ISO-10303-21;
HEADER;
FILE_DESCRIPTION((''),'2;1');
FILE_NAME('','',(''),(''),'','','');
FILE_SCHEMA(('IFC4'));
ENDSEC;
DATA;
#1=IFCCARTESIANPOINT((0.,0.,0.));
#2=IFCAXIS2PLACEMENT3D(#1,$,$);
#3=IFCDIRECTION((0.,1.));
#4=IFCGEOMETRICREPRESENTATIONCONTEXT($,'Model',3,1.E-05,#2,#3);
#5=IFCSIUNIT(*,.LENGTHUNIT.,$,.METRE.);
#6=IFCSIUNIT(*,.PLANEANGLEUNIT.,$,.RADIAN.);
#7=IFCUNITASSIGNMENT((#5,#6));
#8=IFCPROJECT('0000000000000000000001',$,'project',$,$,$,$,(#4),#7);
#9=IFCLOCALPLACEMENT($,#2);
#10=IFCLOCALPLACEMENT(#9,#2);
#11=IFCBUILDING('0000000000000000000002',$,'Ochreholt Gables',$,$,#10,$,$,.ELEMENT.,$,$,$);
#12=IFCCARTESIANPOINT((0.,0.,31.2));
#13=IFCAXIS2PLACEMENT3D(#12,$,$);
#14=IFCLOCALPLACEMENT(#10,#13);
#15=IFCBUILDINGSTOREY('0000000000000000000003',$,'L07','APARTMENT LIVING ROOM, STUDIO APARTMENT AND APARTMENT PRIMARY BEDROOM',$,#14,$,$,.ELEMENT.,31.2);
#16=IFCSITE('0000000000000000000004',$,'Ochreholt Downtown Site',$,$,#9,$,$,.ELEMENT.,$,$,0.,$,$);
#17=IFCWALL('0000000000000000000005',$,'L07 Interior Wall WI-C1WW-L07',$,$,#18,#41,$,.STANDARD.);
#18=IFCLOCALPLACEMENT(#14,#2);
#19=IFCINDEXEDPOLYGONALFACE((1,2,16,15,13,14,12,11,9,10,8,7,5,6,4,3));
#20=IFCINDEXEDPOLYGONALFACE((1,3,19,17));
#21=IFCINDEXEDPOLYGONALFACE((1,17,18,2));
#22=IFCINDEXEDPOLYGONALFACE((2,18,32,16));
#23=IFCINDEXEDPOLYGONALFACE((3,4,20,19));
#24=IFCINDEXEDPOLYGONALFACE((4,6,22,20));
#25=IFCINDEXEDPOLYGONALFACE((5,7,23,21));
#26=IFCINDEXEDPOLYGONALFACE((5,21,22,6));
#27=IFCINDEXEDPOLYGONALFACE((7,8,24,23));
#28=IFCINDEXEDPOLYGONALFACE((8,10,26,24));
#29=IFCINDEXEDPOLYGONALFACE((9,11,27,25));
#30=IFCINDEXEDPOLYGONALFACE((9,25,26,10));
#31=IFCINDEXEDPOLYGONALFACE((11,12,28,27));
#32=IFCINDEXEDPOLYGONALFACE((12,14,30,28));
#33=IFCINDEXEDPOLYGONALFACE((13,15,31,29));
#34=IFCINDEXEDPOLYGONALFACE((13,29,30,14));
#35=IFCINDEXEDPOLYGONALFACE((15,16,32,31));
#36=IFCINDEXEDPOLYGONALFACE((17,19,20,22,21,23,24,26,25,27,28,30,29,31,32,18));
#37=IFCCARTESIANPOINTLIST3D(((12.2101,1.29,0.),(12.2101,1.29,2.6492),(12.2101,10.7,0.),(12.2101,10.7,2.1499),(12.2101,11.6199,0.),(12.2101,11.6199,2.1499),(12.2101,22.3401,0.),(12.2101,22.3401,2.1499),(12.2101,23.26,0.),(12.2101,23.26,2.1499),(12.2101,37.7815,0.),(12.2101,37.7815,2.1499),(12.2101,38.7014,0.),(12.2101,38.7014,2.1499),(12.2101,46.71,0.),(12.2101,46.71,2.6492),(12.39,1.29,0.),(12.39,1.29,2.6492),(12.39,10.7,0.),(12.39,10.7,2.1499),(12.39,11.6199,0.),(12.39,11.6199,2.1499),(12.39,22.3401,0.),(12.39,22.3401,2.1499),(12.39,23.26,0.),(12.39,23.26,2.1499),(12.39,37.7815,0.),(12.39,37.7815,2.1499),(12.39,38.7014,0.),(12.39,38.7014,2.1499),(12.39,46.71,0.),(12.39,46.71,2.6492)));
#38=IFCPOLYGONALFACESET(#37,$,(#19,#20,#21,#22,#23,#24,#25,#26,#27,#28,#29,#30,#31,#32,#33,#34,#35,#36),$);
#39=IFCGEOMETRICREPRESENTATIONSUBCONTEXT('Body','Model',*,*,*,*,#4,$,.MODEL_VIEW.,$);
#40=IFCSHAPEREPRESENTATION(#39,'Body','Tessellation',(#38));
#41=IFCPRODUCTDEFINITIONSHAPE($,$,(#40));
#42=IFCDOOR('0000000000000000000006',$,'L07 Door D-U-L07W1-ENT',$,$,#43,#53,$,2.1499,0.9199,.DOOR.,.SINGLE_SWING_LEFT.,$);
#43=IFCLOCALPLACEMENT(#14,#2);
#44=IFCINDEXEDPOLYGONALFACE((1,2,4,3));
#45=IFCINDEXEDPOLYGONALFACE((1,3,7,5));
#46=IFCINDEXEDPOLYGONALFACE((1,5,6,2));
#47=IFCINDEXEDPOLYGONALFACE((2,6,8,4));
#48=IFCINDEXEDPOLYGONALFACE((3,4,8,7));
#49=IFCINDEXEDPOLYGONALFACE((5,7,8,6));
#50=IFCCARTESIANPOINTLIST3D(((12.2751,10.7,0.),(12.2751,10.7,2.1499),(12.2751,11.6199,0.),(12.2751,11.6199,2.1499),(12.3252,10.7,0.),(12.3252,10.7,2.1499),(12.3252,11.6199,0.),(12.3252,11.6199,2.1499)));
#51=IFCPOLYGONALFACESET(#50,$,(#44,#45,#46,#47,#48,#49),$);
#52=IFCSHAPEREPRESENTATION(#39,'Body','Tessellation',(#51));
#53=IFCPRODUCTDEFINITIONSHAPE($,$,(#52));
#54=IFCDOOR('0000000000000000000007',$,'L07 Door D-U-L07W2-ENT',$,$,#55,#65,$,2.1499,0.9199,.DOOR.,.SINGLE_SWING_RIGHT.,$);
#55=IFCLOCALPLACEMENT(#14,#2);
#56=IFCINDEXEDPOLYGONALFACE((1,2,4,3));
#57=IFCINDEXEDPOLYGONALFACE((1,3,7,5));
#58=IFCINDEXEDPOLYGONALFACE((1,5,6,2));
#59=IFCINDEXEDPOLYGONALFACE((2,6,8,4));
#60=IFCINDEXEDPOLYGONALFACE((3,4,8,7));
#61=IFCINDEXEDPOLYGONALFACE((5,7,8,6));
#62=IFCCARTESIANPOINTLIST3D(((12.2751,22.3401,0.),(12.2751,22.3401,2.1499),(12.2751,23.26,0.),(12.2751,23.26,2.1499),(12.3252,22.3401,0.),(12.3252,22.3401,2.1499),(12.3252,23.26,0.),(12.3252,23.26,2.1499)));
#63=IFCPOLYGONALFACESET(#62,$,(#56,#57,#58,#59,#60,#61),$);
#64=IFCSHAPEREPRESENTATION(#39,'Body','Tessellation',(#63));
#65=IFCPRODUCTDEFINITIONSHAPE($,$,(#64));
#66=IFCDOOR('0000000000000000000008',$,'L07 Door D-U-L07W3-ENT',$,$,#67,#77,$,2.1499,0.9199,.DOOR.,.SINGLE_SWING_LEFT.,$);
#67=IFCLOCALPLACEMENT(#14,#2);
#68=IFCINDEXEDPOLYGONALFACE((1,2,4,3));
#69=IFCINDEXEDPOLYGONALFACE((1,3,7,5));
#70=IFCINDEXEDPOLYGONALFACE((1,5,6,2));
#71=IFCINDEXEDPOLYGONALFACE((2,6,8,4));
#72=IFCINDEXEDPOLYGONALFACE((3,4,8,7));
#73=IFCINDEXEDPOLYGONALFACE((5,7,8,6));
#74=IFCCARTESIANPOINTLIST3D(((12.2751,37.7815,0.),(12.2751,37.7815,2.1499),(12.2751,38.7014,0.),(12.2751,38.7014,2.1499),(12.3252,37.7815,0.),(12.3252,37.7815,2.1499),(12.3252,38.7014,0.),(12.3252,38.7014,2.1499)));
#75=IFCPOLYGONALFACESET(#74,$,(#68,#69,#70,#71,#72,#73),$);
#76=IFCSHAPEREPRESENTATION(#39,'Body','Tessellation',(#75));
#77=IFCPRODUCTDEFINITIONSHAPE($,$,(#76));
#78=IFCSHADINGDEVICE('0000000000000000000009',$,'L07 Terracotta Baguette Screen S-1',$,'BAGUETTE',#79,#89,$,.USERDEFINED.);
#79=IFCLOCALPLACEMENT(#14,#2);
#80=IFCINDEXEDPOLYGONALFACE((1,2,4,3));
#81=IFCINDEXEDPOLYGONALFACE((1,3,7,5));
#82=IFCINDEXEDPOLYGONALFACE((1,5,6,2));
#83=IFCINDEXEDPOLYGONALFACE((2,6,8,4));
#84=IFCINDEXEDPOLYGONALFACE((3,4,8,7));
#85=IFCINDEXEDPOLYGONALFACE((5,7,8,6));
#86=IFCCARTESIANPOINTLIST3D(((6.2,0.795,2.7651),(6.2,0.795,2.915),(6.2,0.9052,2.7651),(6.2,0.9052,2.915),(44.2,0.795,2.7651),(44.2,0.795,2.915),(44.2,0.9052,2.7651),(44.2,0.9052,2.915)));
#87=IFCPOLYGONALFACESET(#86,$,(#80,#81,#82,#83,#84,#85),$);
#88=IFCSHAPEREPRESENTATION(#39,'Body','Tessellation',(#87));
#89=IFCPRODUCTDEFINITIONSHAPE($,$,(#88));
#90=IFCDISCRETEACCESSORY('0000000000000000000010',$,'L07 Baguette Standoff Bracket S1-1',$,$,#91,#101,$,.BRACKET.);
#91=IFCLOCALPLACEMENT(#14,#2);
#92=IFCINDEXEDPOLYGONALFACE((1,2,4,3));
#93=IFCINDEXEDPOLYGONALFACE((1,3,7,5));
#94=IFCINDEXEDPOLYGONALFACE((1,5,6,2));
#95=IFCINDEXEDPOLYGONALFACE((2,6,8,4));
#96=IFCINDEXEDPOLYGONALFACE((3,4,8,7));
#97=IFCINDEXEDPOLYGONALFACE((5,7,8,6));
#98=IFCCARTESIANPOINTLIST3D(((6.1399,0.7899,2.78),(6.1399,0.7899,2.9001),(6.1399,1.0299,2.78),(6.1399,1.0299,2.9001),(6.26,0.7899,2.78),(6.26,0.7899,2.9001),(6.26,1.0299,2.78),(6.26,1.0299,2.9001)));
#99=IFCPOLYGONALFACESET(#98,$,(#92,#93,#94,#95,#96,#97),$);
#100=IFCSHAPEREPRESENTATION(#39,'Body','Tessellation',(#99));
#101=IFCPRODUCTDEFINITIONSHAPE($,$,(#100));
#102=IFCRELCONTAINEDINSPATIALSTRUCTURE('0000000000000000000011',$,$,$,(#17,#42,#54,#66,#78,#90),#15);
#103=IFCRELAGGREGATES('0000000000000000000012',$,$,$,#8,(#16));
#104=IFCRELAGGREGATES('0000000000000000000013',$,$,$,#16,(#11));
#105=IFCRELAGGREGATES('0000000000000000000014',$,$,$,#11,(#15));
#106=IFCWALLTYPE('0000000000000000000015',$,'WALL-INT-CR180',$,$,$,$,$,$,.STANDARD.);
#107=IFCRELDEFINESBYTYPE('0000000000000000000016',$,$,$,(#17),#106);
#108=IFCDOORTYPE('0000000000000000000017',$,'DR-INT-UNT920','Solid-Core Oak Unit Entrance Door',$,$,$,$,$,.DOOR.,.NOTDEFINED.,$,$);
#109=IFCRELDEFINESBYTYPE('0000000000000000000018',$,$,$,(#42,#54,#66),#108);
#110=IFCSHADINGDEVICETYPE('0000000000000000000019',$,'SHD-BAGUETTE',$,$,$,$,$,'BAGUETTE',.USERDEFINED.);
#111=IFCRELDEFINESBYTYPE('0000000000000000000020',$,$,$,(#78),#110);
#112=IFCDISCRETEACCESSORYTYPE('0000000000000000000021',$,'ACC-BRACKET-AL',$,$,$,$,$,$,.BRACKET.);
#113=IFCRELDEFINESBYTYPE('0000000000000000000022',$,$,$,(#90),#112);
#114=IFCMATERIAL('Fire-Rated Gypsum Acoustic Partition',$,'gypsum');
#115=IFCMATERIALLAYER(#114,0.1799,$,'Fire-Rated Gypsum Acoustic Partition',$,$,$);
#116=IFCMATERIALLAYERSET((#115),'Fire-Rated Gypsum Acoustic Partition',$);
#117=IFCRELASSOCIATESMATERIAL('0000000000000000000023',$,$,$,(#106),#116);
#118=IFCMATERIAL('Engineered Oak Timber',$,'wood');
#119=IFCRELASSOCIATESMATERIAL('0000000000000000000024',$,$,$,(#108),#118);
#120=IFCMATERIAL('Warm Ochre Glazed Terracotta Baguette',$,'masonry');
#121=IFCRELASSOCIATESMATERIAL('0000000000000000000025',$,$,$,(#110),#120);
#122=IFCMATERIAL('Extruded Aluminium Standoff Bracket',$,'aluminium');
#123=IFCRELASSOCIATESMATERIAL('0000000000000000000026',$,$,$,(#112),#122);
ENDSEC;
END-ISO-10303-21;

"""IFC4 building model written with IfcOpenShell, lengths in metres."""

from ifc_helpers import new_model, si_unit, direction, frame, frame_2d, origin, origin_2d, place, context, subcontext, project, spatial, rectangle, extrude, material, layer, layer_set, material_profile, profile_set, type_object, element, fill, save


model = new_model("IFC4")

# Units and contexts
model_context = context("Model", 3, precision=1e-05, world=origin(), true_north=direction((0.0, 1.0)))
body_context = subcontext(model_context, "Body", "Model", "MODEL_VIEW")
ifc_project = project(units=[si_unit("LENGTHUNIT", "METRE"), si_unit("PLANEANGLEUNIT", "RADIAN")], contexts=[model_context])

# Site, building, storey
site_placement = place(None, origin())
site = spatial("IfcSite", under=ifc_project, at=site_placement, Name="Ochreholt Downtown Site", CompositionType="ELEMENT", RefElevation=0.0)
building_placement = place(site_placement, origin())
building = spatial("IfcBuilding", under=site, at=building_placement, Name="Ochreholt Gables", CompositionType="ELEMENT")
storey_placement = place(building_placement, frame((0.0, 0.0, 31.2)))
storey = spatial("IfcBuildingStorey", under=building, at=storey_placement, Name="L07", Description="APARTMENT LIVING ROOM, STUDIO APARTMENT AND APARTMENT PRIMARY BEDROOM", CompositionType="ELEMENT", Elevation=31.2)

# Wall, openings, doors
ifc_material_1 = material(Name="Fire-Rated Gypsum Acoustic Partition", Category="gypsum")
ifc_layer_1 = layer(ifc_material_1, 0.1799, Name="Fire-Rated Gypsum Acoustic Partition")
ifc_layer_set_1 = layer_set([ifc_layer_1], Name="Fire-Rated Gypsum Acoustic Partition")
wall_type_1 = type_object("IfcWallType", Name="WALL-INT-CR180", PredefinedType="STANDARD", material=ifc_layer_set_1)
wall_1_placement = place(storey_placement, frame((12.3, 1.29, 0.0), z_axis=(0.0, 0.0, 1.0), x_axis=(0.0, 1.0, 0.0)))
wall_1 = element("IfcWall", 1, at=wall_1_placement, inside=storey, type_object=wall_type_1, Name="L07 Interior Wall WI-C1WW-L07", PredefinedType="STANDARD", context=body_context, shape_type="SweptSolid", body=[
    extrude(rectangle(XDim=45.4199, YDim=0.1799, at=frame_2d((22.71, 0.0))), origin(), (0.0, 0.0, 1.0), 2.6492),
])
opening_1_placement = place(wall_1_placement, frame((9.4099, 0.0, 0.0)))
opening_1 = element("IfcOpeningElement", 2, at=opening_1_placement, cuts=wall_1, PredefinedType="OPENING", context=body_context, shape_type="SweptSolid", body=[
    extrude(rectangle(XDim=0.9199, YDim=2.1499, at=frame_2d((0.46, 1.075))), frame((0.0, 0.0999, 0.0), z_axis=(0.0, -1.0, 0.0), x_axis=(1.0, 0.0, 0.0)), (0.0, 0.0, 1.0), 0.2),
])
opening_2_placement = place(wall_1_placement, frame((21.05, 0.0, 0.0)))
opening_2 = element("IfcOpeningElement", 3, at=opening_2_placement, cuts=wall_1, PredefinedType="OPENING", context=body_context, shape_type="SweptSolid", body=[
    extrude(rectangle(XDim=0.9199, YDim=2.1499, at=frame_2d((0.46, 1.075))), frame((0.0, 0.0999, 0.0), z_axis=(0.0, -1.0, 0.0), x_axis=(1.0, 0.0, 0.0)), (0.0, 0.0, 1.0), 0.2),
])
opening_3_placement = place(wall_1_placement, frame((36.4915, 0.0, 0.0)))
opening_3 = element("IfcOpeningElement", 4, at=opening_3_placement, cuts=wall_1, PredefinedType="OPENING", context=body_context, shape_type="SweptSolid", body=[
    extrude(rectangle(XDim=0.9199, YDim=2.1499, at=frame_2d((0.46, 1.075))), frame((0.0, 0.0999, 0.0), z_axis=(0.0, -1.0, 0.0), x_axis=(1.0, 0.0, 0.0)), (0.0, 0.0, 1.0), 0.2),
])
ifc_material_2 = material(Name="Engineered Oak Timber", Category="wood")
door_type = type_object("IfcDoorType", Name="DR-INT-UNT920", Description="Solid-Core Oak Unit Entrance Door", OperationType="NOTDEFINED", PredefinedType="DOOR", material=ifc_material_2)
door_1_placement = place(opening_1_placement, origin())
door_1 = element("IfcDoor", 5, at=door_1_placement, inside=storey, type_object=door_type, Name="L07 Door D-U-L07W1-ENT", OperationType="SINGLE_SWING_LEFT", OverallHeight=2.1499, OverallWidth=0.9199, PredefinedType="DOOR", context=body_context, shape_type="SweptSolid", body=[
    extrude(rectangle(XDim=0.9199, YDim=2.1499, at=frame_2d((0.46, 1.075))), frame((0.0, 0.0249, 0.0), z_axis=(0.0, -1.0, 0.0), x_axis=(1.0, 0.0, 0.0)), (0.0, 0.0, 1.0), 0.05),
])
fill(opening_1, door_1)
door_2_placement = place(opening_2_placement, origin())
door_2 = element("IfcDoor", 6, at=door_2_placement, inside=storey, type_object=door_type, Name="L07 Door D-U-L07W2-ENT", OperationType="SINGLE_SWING_RIGHT", OverallHeight=2.1499, OverallWidth=0.9199, PredefinedType="DOOR", context=body_context, shape_type="SweptSolid", body=[
    extrude(rectangle(XDim=0.9199, YDim=2.1499, at=frame_2d((0.46, 1.075))), frame((0.0, 0.0249, 0.0), z_axis=(0.0, -1.0, 0.0), x_axis=(1.0, 0.0, 0.0)), (0.0, 0.0, 1.0), 0.05),
])
fill(opening_2, door_2)
door_3_placement = place(opening_3_placement, origin())
door_3 = element("IfcDoor", 7, at=door_3_placement, inside=storey, type_object=door_type, Name="L07 Door D-U-L07W3-ENT", OperationType="SINGLE_SWING_LEFT", OverallHeight=2.1499, OverallWidth=0.9199, PredefinedType="DOOR", context=body_context, shape_type="SweptSolid", body=[
    extrude(rectangle(XDim=0.9199, YDim=2.1499, at=frame_2d((0.46, 1.075))), frame((0.0, 0.0249, 0.0), z_axis=(0.0, -1.0, 0.0), x_axis=(1.0, 0.0, 0.0)), (0.0, 0.0, 1.0), 0.05),
])
fill(opening_3, door_3)

# Shading device
ifc_material_3 = material(Name="Warm Ochre Glazed Terracotta Baguette", Category="masonry")
ifc_material_profile_1 = material_profile(ifc_material_3, rectangle(XDim=0.1101, YDim=0.1499, at=origin_2d()), Name="TCBAG110X150")
ifc_profile_set_1 = profile_set([ifc_material_profile_1], Name="Warm Ochre Glazed Terracotta Baguette")
shading_device_type = type_object("IfcShadingDeviceType", Name="SHD-BAGUETTE", ElementType="BAGUETTE", PredefinedType="USERDEFINED", material=ifc_profile_set_1)
shading_device_placement = place(storey_placement, frame((6.2, 0.8501, 2.8401), z_axis=(1.0, 0.0, 0.0), x_axis=(0.0, 1.0, 0.0)))
element("IfcShadingDevice", 8, at=shading_device_placement, inside=storey, type_object=shading_device_type, Name="L07 Terracotta Baguette Screen S-1", ObjectType="BAGUETTE", PredefinedType="USERDEFINED", context=body_context, shape_type="SweptSolid", body=[
    extrude(rectangle(XDim=0.1101, YDim=0.1499, at=origin_2d()), origin(), (0.0, 0.0, 1.0), 38.0),
])

# Discrete accessory
ifc_material_4 = material(Name="Extruded Aluminium Standoff Bracket", Category="aluminium")
discrete_accessory_type = type_object("IfcDiscreteAccessoryType", Name="ACC-BRACKET-AL", PredefinedType="BRACKET", material=ifc_material_4)
discrete_accessory_placement = place(storey_placement, frame((6.2, 0.9099, 2.78), z_axis=(0.0, 0.0, 1.0), x_axis=(1.0, 0.0, 0.0)))
element("IfcDiscreteAccessory", 9, at=discrete_accessory_placement, inside=storey, type_object=discrete_accessory_type, Name="L07 Baguette Standoff Bracket S1-1", PredefinedType="BRACKET", context=body_context, shape_type="SweptSolid", body=[
    extrude(rectangle(XDim=0.1201, YDim=0.24, at=origin_2d()), origin(), (0.0, 0.0, 1.0), 0.1201),
])

save(model, "model.ifc")
